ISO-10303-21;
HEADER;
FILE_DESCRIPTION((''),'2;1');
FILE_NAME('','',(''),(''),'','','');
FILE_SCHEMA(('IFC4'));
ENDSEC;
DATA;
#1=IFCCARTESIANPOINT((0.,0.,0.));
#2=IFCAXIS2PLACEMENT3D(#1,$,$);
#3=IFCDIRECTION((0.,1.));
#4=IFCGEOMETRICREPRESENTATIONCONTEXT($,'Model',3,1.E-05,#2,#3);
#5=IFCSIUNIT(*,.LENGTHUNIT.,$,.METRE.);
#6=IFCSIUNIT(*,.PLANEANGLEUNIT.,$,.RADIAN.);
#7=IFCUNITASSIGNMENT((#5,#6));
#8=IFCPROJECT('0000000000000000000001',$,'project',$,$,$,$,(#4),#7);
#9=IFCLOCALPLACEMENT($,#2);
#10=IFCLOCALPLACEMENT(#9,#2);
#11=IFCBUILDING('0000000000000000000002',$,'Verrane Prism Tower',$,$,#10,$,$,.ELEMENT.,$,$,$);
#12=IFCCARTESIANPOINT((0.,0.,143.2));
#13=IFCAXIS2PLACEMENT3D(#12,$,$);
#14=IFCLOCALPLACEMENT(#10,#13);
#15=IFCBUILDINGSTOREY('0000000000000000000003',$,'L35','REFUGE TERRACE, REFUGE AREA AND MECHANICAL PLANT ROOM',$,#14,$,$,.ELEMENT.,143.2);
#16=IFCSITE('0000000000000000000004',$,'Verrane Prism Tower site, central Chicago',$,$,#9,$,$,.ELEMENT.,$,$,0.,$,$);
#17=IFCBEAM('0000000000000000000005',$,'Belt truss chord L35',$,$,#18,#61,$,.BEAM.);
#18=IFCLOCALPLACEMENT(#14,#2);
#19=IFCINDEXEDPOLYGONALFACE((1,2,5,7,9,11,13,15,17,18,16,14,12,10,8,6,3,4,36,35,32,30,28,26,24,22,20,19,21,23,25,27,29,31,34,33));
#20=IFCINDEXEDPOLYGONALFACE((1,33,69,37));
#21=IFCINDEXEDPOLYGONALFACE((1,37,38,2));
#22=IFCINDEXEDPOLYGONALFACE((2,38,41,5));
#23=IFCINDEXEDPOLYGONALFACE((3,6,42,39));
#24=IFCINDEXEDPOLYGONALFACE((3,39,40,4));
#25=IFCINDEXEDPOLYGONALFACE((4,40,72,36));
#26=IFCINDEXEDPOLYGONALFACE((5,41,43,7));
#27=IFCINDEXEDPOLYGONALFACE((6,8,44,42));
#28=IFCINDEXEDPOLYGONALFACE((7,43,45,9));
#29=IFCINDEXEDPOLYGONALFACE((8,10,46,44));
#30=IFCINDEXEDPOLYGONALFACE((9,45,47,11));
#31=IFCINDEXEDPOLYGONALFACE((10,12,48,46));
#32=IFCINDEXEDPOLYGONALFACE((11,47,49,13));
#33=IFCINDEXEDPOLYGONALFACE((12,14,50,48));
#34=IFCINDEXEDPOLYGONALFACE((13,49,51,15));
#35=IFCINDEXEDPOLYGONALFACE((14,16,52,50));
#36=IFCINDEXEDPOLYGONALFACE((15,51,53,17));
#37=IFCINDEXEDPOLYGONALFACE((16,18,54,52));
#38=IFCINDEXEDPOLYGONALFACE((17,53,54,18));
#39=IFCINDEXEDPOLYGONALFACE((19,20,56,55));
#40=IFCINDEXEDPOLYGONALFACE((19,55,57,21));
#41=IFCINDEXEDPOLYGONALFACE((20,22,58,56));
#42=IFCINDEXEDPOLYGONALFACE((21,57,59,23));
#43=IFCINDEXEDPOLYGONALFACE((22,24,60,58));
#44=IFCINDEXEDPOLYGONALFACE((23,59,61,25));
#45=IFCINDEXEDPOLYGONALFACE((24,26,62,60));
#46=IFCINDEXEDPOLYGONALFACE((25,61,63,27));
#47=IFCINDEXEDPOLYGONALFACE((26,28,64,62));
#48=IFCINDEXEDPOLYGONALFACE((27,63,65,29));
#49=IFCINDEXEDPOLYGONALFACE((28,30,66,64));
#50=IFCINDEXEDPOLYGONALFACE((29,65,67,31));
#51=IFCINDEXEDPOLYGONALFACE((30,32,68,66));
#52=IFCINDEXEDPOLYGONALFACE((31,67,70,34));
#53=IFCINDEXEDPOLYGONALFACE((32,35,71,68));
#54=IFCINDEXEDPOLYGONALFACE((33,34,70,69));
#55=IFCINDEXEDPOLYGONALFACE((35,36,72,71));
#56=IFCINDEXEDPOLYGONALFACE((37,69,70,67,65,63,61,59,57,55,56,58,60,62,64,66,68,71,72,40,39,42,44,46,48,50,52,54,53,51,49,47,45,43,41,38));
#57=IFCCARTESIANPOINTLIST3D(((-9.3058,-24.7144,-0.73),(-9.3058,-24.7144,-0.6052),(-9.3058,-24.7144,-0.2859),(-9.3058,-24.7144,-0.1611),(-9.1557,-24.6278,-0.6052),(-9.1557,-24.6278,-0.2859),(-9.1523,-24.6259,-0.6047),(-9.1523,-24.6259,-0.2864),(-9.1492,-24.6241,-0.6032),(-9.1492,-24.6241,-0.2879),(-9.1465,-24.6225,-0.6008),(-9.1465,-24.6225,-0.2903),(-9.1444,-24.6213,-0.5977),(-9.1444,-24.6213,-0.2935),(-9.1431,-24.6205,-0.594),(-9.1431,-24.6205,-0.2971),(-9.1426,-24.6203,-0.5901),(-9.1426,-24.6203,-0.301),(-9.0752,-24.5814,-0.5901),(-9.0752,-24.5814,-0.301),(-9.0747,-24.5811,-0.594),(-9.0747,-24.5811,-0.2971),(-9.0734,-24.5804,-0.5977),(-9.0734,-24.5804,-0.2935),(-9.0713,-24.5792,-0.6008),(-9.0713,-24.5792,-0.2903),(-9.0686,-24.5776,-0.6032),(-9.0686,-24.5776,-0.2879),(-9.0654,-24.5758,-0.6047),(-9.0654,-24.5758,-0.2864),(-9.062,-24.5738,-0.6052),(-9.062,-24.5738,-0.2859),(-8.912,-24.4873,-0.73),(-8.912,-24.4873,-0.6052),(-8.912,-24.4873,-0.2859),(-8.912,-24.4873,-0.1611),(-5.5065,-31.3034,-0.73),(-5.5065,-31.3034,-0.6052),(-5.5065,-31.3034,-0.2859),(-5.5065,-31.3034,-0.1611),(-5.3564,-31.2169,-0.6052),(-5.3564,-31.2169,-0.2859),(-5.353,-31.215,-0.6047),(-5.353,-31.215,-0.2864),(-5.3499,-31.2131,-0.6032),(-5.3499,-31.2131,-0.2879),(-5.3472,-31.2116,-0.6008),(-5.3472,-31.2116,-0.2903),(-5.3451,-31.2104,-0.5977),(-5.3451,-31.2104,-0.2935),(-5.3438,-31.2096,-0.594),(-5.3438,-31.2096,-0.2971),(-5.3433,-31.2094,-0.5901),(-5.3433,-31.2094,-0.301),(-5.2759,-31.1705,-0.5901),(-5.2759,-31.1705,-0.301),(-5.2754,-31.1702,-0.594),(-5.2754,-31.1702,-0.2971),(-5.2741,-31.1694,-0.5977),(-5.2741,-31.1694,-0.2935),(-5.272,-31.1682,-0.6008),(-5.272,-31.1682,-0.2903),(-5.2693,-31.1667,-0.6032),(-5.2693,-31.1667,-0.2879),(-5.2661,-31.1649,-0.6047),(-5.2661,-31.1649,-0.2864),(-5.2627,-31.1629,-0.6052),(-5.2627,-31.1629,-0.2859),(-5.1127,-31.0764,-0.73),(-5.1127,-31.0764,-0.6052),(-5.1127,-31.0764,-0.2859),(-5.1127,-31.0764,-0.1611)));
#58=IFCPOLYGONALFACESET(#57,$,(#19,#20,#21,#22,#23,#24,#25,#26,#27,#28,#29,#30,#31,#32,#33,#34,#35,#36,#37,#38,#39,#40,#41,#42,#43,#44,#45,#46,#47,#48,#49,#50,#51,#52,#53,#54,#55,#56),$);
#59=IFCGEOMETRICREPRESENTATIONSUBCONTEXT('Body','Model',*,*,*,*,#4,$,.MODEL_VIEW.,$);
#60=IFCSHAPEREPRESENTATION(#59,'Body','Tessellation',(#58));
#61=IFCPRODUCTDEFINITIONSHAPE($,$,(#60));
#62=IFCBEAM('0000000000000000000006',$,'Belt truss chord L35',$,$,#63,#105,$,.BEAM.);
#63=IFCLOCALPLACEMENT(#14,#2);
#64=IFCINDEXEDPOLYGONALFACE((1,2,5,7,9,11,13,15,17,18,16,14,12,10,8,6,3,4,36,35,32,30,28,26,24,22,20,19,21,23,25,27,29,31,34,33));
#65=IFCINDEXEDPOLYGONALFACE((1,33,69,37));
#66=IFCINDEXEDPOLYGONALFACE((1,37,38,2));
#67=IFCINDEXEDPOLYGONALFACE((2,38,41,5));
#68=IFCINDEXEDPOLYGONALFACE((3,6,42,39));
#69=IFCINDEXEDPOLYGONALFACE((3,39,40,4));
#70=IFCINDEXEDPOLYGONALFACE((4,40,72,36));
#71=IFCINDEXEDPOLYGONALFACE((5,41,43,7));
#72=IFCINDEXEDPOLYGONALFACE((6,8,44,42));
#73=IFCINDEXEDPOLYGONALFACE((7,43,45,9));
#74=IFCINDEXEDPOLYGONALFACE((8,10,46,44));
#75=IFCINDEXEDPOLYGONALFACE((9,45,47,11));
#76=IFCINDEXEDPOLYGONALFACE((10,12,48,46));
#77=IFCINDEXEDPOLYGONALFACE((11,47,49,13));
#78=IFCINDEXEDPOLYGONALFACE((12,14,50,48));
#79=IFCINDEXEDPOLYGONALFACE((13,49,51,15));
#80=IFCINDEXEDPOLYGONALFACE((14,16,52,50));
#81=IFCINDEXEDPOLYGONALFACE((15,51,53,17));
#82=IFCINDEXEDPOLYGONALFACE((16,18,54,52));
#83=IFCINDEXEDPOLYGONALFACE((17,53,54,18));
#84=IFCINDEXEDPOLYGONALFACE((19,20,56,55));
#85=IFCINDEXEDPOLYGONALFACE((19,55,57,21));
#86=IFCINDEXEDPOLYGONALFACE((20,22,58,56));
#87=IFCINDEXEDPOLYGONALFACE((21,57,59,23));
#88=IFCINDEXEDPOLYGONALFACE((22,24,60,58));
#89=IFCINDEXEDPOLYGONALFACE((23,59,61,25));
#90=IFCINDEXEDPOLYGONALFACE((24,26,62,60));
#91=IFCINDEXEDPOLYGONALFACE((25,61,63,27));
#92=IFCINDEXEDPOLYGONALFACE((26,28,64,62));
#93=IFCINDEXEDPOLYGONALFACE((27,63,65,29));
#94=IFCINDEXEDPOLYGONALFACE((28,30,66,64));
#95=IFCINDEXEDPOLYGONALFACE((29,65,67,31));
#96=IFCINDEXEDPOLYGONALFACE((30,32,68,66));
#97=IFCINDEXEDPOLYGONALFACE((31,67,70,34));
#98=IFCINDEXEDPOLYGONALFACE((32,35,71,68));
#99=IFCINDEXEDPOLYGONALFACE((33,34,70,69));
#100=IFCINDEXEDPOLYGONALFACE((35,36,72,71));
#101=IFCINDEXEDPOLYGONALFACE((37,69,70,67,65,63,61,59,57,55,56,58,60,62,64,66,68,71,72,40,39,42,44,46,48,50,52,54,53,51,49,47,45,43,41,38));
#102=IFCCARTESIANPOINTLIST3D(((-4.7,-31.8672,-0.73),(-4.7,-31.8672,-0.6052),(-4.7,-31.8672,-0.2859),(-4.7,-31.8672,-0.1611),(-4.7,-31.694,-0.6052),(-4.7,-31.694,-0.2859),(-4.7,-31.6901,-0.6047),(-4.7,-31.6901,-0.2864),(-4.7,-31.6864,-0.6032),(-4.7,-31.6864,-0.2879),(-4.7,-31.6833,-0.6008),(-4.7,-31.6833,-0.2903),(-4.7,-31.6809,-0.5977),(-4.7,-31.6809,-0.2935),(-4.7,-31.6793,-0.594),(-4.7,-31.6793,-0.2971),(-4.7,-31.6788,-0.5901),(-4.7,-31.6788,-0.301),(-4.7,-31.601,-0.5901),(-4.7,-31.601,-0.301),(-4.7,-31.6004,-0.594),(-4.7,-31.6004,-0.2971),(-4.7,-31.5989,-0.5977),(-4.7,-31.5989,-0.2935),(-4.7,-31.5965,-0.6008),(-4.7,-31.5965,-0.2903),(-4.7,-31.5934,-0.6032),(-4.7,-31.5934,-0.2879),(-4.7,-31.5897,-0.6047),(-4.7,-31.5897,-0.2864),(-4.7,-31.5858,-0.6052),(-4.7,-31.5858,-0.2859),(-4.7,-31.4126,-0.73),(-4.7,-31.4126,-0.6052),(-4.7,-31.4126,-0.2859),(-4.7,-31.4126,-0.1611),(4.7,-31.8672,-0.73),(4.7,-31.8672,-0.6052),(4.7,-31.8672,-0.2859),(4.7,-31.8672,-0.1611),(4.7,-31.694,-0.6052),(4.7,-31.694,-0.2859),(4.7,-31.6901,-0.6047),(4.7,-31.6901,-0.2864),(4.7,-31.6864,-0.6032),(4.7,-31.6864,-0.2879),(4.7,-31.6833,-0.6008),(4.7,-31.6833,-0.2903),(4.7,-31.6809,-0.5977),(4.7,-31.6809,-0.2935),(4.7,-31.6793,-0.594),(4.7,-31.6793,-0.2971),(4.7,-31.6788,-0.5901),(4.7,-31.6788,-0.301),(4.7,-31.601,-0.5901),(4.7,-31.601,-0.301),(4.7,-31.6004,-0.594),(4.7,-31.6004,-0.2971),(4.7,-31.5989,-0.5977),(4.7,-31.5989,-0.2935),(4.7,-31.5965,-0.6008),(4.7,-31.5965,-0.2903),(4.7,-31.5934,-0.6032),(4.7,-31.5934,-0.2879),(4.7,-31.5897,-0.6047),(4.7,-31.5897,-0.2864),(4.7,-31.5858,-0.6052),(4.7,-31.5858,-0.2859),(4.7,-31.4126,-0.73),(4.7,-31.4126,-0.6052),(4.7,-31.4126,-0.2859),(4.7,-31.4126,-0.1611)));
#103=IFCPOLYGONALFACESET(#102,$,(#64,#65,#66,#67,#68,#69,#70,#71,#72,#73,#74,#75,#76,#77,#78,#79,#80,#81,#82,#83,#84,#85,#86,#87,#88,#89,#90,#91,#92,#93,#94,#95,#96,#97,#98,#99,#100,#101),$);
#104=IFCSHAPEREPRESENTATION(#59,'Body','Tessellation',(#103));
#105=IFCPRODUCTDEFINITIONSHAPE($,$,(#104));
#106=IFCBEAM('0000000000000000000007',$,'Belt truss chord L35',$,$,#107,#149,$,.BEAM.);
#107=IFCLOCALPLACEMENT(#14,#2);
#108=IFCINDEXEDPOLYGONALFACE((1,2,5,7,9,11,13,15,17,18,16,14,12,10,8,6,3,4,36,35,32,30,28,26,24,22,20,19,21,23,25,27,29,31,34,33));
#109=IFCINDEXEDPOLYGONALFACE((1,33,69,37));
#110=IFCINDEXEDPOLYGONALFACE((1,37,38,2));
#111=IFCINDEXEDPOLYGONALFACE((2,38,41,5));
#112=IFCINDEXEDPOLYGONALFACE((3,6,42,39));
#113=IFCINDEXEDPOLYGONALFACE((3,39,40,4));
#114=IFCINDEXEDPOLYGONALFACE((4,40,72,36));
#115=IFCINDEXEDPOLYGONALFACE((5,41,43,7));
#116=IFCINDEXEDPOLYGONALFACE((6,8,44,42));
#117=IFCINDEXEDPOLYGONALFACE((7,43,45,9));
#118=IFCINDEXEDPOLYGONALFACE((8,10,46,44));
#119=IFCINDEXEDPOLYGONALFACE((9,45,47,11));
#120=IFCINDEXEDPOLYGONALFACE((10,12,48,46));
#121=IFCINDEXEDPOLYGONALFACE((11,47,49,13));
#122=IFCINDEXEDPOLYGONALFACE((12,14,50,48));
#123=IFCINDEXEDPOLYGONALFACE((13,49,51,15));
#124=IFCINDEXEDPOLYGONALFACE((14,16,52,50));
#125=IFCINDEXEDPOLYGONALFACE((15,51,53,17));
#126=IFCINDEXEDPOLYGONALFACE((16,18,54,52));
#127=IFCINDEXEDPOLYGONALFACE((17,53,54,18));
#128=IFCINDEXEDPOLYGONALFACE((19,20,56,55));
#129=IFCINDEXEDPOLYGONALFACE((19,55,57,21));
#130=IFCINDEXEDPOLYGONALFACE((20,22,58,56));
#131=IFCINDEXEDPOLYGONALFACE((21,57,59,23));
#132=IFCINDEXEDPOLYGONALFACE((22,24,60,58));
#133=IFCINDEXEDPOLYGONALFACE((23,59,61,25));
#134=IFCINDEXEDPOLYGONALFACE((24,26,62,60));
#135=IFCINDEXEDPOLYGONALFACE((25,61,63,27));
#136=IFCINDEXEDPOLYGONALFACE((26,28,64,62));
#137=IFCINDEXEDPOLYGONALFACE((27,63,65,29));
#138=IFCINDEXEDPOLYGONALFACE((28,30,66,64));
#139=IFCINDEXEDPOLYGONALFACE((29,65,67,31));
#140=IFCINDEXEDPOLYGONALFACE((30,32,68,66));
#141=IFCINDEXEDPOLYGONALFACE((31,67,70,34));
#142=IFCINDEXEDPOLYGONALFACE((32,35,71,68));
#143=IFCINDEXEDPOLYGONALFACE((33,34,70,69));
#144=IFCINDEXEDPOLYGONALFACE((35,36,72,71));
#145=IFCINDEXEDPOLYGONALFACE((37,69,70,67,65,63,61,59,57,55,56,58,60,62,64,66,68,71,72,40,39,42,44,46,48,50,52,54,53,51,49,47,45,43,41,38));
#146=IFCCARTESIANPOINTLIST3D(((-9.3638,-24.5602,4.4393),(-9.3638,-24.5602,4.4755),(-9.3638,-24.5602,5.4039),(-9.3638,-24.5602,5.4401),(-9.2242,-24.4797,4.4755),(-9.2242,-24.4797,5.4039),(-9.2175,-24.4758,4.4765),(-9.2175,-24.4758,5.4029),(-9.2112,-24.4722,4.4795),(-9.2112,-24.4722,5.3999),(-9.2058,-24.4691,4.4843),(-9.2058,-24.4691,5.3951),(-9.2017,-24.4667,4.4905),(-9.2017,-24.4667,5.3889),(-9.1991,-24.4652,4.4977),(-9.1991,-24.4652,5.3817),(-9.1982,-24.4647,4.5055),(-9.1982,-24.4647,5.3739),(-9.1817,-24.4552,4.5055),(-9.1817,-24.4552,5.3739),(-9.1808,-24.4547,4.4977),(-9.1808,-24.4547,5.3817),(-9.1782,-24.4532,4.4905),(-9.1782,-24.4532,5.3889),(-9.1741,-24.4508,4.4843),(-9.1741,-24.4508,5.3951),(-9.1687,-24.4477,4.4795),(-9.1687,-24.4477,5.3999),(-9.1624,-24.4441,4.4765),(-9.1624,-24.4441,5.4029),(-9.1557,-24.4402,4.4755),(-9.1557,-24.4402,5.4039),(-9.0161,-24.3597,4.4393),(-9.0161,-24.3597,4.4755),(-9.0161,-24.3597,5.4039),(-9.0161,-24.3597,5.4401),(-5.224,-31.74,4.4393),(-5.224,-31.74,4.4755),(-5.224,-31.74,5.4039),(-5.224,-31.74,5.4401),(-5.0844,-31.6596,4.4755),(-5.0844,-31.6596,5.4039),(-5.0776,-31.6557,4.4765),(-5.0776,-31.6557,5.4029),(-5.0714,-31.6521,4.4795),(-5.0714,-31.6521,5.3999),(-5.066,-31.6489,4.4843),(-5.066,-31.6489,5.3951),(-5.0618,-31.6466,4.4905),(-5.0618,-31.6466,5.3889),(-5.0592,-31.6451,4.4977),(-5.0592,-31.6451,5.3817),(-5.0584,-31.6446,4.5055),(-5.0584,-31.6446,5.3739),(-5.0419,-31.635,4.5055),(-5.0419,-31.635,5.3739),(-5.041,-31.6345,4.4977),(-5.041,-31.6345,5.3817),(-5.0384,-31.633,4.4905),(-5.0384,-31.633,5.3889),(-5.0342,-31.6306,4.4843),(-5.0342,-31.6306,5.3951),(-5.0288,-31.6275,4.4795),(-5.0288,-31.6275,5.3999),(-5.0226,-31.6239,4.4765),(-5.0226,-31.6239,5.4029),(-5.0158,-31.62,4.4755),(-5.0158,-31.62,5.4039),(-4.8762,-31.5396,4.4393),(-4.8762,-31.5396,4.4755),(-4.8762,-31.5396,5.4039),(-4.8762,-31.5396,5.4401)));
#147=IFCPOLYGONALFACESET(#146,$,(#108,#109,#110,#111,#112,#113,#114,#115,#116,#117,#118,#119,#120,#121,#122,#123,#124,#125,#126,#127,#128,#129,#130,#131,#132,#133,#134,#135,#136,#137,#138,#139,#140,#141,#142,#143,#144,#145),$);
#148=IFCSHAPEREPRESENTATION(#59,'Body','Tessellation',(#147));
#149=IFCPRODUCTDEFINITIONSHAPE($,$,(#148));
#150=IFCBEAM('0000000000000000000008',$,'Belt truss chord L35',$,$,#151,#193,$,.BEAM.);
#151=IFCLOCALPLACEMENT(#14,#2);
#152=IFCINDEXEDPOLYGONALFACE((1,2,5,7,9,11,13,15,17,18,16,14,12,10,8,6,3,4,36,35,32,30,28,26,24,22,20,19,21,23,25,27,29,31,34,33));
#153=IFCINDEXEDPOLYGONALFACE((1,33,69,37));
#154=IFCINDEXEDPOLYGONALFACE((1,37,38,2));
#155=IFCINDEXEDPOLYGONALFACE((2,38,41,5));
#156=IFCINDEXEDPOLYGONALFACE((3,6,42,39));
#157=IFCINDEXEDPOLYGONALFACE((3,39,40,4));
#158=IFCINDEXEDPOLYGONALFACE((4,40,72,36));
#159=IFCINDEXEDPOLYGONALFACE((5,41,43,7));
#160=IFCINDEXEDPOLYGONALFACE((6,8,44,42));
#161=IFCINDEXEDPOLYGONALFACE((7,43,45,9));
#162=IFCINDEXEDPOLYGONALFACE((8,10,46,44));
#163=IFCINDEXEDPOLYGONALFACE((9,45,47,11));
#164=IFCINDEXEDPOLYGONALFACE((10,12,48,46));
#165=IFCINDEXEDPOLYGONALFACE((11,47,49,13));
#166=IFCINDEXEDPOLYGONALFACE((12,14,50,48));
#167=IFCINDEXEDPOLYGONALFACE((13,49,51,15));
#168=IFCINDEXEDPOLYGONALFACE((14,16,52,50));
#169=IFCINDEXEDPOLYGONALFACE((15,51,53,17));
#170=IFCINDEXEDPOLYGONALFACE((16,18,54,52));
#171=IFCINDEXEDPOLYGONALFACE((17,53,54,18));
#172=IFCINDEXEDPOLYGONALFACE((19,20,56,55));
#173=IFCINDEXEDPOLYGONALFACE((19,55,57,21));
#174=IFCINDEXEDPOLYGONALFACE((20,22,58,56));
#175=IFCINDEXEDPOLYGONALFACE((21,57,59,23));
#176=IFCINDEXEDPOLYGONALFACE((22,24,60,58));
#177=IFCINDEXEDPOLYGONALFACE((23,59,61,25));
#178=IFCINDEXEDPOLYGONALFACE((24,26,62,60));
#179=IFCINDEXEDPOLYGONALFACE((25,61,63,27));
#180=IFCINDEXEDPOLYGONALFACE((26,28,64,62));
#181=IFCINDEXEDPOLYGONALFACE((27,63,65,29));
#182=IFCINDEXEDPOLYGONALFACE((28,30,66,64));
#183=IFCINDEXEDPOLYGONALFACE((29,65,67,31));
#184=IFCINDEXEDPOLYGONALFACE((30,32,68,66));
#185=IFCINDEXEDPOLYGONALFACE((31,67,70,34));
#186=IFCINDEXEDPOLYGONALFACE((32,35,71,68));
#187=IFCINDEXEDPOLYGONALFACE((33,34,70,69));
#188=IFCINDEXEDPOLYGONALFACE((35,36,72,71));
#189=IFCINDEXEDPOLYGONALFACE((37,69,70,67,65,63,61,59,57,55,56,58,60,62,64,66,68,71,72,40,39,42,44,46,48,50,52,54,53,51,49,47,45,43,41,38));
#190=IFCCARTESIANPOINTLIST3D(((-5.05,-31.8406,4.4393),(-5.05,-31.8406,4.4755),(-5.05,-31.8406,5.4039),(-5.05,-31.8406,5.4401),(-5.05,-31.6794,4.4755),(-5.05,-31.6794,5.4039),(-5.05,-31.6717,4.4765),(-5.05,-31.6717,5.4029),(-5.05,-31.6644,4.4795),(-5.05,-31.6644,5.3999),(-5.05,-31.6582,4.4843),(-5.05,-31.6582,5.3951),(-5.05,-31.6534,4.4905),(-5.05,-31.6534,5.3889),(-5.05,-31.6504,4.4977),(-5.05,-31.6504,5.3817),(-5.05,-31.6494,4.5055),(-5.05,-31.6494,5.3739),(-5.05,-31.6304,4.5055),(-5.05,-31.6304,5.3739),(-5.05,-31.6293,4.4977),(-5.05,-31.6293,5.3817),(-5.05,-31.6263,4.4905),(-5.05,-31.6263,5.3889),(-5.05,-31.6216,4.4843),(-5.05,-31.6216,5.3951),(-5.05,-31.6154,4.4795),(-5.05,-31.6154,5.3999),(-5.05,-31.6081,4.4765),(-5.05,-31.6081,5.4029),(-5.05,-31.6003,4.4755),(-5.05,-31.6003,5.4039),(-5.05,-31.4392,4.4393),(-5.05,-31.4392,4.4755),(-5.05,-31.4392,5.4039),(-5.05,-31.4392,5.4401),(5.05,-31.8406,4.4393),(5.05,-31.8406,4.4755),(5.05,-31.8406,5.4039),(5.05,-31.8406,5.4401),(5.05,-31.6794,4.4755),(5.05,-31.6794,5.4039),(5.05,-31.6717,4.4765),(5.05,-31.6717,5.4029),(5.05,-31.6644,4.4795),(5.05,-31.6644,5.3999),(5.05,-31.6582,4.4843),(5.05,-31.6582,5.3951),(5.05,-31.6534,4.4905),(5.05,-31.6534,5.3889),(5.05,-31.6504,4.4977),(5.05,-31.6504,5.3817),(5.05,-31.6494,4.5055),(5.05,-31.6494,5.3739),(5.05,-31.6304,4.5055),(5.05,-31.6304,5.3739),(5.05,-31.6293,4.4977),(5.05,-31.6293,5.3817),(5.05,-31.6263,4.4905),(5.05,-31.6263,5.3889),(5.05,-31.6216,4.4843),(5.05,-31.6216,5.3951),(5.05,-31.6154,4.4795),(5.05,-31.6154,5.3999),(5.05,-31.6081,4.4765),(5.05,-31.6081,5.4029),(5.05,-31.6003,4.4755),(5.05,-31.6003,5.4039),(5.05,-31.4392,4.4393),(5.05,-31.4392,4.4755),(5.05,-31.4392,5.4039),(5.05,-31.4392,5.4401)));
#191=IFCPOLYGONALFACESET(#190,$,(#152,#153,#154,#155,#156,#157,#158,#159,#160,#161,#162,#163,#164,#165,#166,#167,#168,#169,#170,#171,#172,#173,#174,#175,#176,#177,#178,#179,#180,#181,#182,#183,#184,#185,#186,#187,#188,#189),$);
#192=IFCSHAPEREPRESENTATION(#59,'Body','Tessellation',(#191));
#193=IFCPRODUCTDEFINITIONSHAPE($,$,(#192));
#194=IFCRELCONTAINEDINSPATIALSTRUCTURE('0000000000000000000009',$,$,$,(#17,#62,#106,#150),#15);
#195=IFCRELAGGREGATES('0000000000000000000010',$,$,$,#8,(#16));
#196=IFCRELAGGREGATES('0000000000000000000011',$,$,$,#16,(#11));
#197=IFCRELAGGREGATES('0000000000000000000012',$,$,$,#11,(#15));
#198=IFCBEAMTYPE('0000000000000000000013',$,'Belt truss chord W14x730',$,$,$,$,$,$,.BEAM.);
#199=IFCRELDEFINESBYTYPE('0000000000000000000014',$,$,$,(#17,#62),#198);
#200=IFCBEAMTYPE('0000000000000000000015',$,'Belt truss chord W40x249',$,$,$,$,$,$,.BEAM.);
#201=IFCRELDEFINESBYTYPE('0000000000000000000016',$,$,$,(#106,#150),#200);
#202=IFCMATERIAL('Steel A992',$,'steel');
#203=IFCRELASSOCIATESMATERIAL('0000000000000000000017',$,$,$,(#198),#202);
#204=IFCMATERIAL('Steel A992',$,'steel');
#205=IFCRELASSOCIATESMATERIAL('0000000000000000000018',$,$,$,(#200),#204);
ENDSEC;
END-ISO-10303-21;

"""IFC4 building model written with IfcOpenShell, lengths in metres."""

from ifc_helpers import new_model, si_unit, direction, frame, origin, origin_2d, place, context, subcontext, project, spatial, i_section, extrude, material, material_profile, profile_set, type_object, element, save


model = new_model("IFC4")

# Units and contexts
model_context = context("Model", 3, precision=1e-05, world=origin(), true_north=direction((0.0, 1.0)))
body_context = subcontext(model_context, "Body", "Model", "MODEL_VIEW")
ifc_project = project(units=[si_unit("LENGTHUNIT", "METRE"), si_unit("PLANEANGLEUNIT", "RADIAN")], contexts=[model_context])

# Site, building, storey
site_placement = place(None, origin())
site = spatial("IfcSite", under=ifc_project, at=site_placement, Name="Verrane Prism Tower site, central Chicago", CompositionType="ELEMENT", RefElevation=0.0)
building_placement = place(site_placement, origin())
building = spatial("IfcBuilding", under=site, at=building_placement, Name="Verrane Prism Tower", CompositionType="ELEMENT")
storey_placement = place(building_placement, frame((0.0, 0.0, 143.2)))
storey = spatial("IfcBuildingStorey", under=building, at=storey_placement, Name="L35", Description="REFUGE TERRACE, REFUGE AREA AND MECHANICAL PLANT ROOM", CompositionType="ELEMENT", Elevation=143.2)

# Beams
ifc_material_1 = material(Name="Steel A992", Category="steel")
ifc_material_profile_1 = material_profile(ifc_material_1, i_section(OverallWidth=0.4546, OverallDepth=0.5688, WebThickness=0.0779, FlangeThickness=0.1248, FilletRadius=0.0151, at=origin_2d()), Name="W14x730")
ifc_profile_set_1 = profile_set([ifc_material_profile_1], Name="Steel A992")
beam_type_1 = type_object("IfcBeamType", Name="Belt truss chord W14x730", PredefinedType="BEAM", material=ifc_profile_set_1)
beam_1_placement = place(storey_placement, frame((-9.1089, -24.6008, -0.4456), z_axis=(0.499516, -0.866305, 0.0), x_axis=(0.866305, 0.499516, 0.0)))
element("IfcBeam", 1, at=beam_1_placement, inside=storey, type_object=beam_type_1, Name="Belt truss chord L35", PredefinedType="BEAM", context=body_context, shape_type="SweptSolid", body=[
    extrude(i_section(OverallWidth=0.4546, OverallDepth=0.5688, WebThickness=0.0779, FlangeThickness=0.1248, FilletRadius=0.0151, at=origin_2d()), origin(), (0.0, 0.0, 1.0), 7.606),
])
beam_2_placement = place(storey_placement, frame((-4.7, -31.6399, -0.4456), z_axis=(1.0, 0.0, 0.0), x_axis=(0.0, 1.0, 0.0)))
element("IfcBeam", 2, at=beam_2_placement, inside=storey, type_object=beam_type_1, Name="Belt truss chord L35", PredefinedType="BEAM", context=body_context, shape_type="SweptSolid", body=[
    extrude(i_section(OverallWidth=0.4546, OverallDepth=0.5688, WebThickness=0.0779, FlangeThickness=0.1248, FilletRadius=0.0151, at=origin_2d()), origin(), (0.0, 0.0, 1.0), 9.3999),
])
ifc_material_2 = material(Name="Steel A992", Category="steel")
ifc_material_profile_2 = material_profile(ifc_material_2, i_section(OverallWidth=0.4014, OverallDepth=1.0007, WebThickness=0.019, FlangeThickness=0.0361, FilletRadius=0.03, at=origin_2d()), Name="W40x249")
ifc_profile_set_2 = profile_set([ifc_material_profile_2], Name="Steel A992")
beam_type_2 = type_object("IfcBeamType", Name="Belt truss chord W40x249", PredefinedType="BEAM", material=ifc_profile_set_2)
beam_3_placement = place(storey_placement, frame((-9.1899, -24.46, 4.9397), z_axis=(0.499507, -0.86631, 0.0), x_axis=(0.86631, 0.499507, 0.0)))
element("IfcBeam", 3, at=beam_3_placement, inside=storey, type_object=beam_type_2, Name="Belt truss chord L35", PredefinedType="BEAM", context=body_context, shape_type="SweptSolid", body=[
    extrude(i_section(OverallWidth=0.4014, OverallDepth=1.0007, WebThickness=0.019, FlangeThickness=0.0361, FilletRadius=0.03, at=origin_2d()), origin(), (0.0, 0.0, 1.0), 8.2878),
])
beam_4_placement = place(storey_placement, frame((-5.05, -31.6399, 4.9397), z_axis=(1.0, 0.0, 0.0), x_axis=(0.0, 1.0, 0.0)))
element("IfcBeam", 4, at=beam_4_placement, inside=storey, type_object=beam_type_2, Name="Belt truss chord L35", PredefinedType="BEAM", context=body_context, shape_type="SweptSolid", body=[
    extrude(i_section(OverallWidth=0.4014, OverallDepth=1.0007, WebThickness=0.019, FlangeThickness=0.0361, FilletRadius=0.03, at=origin_2d()), origin(), (0.0, 0.0, 1.0), 10.1001),
])

save(model, "model.ifc")
